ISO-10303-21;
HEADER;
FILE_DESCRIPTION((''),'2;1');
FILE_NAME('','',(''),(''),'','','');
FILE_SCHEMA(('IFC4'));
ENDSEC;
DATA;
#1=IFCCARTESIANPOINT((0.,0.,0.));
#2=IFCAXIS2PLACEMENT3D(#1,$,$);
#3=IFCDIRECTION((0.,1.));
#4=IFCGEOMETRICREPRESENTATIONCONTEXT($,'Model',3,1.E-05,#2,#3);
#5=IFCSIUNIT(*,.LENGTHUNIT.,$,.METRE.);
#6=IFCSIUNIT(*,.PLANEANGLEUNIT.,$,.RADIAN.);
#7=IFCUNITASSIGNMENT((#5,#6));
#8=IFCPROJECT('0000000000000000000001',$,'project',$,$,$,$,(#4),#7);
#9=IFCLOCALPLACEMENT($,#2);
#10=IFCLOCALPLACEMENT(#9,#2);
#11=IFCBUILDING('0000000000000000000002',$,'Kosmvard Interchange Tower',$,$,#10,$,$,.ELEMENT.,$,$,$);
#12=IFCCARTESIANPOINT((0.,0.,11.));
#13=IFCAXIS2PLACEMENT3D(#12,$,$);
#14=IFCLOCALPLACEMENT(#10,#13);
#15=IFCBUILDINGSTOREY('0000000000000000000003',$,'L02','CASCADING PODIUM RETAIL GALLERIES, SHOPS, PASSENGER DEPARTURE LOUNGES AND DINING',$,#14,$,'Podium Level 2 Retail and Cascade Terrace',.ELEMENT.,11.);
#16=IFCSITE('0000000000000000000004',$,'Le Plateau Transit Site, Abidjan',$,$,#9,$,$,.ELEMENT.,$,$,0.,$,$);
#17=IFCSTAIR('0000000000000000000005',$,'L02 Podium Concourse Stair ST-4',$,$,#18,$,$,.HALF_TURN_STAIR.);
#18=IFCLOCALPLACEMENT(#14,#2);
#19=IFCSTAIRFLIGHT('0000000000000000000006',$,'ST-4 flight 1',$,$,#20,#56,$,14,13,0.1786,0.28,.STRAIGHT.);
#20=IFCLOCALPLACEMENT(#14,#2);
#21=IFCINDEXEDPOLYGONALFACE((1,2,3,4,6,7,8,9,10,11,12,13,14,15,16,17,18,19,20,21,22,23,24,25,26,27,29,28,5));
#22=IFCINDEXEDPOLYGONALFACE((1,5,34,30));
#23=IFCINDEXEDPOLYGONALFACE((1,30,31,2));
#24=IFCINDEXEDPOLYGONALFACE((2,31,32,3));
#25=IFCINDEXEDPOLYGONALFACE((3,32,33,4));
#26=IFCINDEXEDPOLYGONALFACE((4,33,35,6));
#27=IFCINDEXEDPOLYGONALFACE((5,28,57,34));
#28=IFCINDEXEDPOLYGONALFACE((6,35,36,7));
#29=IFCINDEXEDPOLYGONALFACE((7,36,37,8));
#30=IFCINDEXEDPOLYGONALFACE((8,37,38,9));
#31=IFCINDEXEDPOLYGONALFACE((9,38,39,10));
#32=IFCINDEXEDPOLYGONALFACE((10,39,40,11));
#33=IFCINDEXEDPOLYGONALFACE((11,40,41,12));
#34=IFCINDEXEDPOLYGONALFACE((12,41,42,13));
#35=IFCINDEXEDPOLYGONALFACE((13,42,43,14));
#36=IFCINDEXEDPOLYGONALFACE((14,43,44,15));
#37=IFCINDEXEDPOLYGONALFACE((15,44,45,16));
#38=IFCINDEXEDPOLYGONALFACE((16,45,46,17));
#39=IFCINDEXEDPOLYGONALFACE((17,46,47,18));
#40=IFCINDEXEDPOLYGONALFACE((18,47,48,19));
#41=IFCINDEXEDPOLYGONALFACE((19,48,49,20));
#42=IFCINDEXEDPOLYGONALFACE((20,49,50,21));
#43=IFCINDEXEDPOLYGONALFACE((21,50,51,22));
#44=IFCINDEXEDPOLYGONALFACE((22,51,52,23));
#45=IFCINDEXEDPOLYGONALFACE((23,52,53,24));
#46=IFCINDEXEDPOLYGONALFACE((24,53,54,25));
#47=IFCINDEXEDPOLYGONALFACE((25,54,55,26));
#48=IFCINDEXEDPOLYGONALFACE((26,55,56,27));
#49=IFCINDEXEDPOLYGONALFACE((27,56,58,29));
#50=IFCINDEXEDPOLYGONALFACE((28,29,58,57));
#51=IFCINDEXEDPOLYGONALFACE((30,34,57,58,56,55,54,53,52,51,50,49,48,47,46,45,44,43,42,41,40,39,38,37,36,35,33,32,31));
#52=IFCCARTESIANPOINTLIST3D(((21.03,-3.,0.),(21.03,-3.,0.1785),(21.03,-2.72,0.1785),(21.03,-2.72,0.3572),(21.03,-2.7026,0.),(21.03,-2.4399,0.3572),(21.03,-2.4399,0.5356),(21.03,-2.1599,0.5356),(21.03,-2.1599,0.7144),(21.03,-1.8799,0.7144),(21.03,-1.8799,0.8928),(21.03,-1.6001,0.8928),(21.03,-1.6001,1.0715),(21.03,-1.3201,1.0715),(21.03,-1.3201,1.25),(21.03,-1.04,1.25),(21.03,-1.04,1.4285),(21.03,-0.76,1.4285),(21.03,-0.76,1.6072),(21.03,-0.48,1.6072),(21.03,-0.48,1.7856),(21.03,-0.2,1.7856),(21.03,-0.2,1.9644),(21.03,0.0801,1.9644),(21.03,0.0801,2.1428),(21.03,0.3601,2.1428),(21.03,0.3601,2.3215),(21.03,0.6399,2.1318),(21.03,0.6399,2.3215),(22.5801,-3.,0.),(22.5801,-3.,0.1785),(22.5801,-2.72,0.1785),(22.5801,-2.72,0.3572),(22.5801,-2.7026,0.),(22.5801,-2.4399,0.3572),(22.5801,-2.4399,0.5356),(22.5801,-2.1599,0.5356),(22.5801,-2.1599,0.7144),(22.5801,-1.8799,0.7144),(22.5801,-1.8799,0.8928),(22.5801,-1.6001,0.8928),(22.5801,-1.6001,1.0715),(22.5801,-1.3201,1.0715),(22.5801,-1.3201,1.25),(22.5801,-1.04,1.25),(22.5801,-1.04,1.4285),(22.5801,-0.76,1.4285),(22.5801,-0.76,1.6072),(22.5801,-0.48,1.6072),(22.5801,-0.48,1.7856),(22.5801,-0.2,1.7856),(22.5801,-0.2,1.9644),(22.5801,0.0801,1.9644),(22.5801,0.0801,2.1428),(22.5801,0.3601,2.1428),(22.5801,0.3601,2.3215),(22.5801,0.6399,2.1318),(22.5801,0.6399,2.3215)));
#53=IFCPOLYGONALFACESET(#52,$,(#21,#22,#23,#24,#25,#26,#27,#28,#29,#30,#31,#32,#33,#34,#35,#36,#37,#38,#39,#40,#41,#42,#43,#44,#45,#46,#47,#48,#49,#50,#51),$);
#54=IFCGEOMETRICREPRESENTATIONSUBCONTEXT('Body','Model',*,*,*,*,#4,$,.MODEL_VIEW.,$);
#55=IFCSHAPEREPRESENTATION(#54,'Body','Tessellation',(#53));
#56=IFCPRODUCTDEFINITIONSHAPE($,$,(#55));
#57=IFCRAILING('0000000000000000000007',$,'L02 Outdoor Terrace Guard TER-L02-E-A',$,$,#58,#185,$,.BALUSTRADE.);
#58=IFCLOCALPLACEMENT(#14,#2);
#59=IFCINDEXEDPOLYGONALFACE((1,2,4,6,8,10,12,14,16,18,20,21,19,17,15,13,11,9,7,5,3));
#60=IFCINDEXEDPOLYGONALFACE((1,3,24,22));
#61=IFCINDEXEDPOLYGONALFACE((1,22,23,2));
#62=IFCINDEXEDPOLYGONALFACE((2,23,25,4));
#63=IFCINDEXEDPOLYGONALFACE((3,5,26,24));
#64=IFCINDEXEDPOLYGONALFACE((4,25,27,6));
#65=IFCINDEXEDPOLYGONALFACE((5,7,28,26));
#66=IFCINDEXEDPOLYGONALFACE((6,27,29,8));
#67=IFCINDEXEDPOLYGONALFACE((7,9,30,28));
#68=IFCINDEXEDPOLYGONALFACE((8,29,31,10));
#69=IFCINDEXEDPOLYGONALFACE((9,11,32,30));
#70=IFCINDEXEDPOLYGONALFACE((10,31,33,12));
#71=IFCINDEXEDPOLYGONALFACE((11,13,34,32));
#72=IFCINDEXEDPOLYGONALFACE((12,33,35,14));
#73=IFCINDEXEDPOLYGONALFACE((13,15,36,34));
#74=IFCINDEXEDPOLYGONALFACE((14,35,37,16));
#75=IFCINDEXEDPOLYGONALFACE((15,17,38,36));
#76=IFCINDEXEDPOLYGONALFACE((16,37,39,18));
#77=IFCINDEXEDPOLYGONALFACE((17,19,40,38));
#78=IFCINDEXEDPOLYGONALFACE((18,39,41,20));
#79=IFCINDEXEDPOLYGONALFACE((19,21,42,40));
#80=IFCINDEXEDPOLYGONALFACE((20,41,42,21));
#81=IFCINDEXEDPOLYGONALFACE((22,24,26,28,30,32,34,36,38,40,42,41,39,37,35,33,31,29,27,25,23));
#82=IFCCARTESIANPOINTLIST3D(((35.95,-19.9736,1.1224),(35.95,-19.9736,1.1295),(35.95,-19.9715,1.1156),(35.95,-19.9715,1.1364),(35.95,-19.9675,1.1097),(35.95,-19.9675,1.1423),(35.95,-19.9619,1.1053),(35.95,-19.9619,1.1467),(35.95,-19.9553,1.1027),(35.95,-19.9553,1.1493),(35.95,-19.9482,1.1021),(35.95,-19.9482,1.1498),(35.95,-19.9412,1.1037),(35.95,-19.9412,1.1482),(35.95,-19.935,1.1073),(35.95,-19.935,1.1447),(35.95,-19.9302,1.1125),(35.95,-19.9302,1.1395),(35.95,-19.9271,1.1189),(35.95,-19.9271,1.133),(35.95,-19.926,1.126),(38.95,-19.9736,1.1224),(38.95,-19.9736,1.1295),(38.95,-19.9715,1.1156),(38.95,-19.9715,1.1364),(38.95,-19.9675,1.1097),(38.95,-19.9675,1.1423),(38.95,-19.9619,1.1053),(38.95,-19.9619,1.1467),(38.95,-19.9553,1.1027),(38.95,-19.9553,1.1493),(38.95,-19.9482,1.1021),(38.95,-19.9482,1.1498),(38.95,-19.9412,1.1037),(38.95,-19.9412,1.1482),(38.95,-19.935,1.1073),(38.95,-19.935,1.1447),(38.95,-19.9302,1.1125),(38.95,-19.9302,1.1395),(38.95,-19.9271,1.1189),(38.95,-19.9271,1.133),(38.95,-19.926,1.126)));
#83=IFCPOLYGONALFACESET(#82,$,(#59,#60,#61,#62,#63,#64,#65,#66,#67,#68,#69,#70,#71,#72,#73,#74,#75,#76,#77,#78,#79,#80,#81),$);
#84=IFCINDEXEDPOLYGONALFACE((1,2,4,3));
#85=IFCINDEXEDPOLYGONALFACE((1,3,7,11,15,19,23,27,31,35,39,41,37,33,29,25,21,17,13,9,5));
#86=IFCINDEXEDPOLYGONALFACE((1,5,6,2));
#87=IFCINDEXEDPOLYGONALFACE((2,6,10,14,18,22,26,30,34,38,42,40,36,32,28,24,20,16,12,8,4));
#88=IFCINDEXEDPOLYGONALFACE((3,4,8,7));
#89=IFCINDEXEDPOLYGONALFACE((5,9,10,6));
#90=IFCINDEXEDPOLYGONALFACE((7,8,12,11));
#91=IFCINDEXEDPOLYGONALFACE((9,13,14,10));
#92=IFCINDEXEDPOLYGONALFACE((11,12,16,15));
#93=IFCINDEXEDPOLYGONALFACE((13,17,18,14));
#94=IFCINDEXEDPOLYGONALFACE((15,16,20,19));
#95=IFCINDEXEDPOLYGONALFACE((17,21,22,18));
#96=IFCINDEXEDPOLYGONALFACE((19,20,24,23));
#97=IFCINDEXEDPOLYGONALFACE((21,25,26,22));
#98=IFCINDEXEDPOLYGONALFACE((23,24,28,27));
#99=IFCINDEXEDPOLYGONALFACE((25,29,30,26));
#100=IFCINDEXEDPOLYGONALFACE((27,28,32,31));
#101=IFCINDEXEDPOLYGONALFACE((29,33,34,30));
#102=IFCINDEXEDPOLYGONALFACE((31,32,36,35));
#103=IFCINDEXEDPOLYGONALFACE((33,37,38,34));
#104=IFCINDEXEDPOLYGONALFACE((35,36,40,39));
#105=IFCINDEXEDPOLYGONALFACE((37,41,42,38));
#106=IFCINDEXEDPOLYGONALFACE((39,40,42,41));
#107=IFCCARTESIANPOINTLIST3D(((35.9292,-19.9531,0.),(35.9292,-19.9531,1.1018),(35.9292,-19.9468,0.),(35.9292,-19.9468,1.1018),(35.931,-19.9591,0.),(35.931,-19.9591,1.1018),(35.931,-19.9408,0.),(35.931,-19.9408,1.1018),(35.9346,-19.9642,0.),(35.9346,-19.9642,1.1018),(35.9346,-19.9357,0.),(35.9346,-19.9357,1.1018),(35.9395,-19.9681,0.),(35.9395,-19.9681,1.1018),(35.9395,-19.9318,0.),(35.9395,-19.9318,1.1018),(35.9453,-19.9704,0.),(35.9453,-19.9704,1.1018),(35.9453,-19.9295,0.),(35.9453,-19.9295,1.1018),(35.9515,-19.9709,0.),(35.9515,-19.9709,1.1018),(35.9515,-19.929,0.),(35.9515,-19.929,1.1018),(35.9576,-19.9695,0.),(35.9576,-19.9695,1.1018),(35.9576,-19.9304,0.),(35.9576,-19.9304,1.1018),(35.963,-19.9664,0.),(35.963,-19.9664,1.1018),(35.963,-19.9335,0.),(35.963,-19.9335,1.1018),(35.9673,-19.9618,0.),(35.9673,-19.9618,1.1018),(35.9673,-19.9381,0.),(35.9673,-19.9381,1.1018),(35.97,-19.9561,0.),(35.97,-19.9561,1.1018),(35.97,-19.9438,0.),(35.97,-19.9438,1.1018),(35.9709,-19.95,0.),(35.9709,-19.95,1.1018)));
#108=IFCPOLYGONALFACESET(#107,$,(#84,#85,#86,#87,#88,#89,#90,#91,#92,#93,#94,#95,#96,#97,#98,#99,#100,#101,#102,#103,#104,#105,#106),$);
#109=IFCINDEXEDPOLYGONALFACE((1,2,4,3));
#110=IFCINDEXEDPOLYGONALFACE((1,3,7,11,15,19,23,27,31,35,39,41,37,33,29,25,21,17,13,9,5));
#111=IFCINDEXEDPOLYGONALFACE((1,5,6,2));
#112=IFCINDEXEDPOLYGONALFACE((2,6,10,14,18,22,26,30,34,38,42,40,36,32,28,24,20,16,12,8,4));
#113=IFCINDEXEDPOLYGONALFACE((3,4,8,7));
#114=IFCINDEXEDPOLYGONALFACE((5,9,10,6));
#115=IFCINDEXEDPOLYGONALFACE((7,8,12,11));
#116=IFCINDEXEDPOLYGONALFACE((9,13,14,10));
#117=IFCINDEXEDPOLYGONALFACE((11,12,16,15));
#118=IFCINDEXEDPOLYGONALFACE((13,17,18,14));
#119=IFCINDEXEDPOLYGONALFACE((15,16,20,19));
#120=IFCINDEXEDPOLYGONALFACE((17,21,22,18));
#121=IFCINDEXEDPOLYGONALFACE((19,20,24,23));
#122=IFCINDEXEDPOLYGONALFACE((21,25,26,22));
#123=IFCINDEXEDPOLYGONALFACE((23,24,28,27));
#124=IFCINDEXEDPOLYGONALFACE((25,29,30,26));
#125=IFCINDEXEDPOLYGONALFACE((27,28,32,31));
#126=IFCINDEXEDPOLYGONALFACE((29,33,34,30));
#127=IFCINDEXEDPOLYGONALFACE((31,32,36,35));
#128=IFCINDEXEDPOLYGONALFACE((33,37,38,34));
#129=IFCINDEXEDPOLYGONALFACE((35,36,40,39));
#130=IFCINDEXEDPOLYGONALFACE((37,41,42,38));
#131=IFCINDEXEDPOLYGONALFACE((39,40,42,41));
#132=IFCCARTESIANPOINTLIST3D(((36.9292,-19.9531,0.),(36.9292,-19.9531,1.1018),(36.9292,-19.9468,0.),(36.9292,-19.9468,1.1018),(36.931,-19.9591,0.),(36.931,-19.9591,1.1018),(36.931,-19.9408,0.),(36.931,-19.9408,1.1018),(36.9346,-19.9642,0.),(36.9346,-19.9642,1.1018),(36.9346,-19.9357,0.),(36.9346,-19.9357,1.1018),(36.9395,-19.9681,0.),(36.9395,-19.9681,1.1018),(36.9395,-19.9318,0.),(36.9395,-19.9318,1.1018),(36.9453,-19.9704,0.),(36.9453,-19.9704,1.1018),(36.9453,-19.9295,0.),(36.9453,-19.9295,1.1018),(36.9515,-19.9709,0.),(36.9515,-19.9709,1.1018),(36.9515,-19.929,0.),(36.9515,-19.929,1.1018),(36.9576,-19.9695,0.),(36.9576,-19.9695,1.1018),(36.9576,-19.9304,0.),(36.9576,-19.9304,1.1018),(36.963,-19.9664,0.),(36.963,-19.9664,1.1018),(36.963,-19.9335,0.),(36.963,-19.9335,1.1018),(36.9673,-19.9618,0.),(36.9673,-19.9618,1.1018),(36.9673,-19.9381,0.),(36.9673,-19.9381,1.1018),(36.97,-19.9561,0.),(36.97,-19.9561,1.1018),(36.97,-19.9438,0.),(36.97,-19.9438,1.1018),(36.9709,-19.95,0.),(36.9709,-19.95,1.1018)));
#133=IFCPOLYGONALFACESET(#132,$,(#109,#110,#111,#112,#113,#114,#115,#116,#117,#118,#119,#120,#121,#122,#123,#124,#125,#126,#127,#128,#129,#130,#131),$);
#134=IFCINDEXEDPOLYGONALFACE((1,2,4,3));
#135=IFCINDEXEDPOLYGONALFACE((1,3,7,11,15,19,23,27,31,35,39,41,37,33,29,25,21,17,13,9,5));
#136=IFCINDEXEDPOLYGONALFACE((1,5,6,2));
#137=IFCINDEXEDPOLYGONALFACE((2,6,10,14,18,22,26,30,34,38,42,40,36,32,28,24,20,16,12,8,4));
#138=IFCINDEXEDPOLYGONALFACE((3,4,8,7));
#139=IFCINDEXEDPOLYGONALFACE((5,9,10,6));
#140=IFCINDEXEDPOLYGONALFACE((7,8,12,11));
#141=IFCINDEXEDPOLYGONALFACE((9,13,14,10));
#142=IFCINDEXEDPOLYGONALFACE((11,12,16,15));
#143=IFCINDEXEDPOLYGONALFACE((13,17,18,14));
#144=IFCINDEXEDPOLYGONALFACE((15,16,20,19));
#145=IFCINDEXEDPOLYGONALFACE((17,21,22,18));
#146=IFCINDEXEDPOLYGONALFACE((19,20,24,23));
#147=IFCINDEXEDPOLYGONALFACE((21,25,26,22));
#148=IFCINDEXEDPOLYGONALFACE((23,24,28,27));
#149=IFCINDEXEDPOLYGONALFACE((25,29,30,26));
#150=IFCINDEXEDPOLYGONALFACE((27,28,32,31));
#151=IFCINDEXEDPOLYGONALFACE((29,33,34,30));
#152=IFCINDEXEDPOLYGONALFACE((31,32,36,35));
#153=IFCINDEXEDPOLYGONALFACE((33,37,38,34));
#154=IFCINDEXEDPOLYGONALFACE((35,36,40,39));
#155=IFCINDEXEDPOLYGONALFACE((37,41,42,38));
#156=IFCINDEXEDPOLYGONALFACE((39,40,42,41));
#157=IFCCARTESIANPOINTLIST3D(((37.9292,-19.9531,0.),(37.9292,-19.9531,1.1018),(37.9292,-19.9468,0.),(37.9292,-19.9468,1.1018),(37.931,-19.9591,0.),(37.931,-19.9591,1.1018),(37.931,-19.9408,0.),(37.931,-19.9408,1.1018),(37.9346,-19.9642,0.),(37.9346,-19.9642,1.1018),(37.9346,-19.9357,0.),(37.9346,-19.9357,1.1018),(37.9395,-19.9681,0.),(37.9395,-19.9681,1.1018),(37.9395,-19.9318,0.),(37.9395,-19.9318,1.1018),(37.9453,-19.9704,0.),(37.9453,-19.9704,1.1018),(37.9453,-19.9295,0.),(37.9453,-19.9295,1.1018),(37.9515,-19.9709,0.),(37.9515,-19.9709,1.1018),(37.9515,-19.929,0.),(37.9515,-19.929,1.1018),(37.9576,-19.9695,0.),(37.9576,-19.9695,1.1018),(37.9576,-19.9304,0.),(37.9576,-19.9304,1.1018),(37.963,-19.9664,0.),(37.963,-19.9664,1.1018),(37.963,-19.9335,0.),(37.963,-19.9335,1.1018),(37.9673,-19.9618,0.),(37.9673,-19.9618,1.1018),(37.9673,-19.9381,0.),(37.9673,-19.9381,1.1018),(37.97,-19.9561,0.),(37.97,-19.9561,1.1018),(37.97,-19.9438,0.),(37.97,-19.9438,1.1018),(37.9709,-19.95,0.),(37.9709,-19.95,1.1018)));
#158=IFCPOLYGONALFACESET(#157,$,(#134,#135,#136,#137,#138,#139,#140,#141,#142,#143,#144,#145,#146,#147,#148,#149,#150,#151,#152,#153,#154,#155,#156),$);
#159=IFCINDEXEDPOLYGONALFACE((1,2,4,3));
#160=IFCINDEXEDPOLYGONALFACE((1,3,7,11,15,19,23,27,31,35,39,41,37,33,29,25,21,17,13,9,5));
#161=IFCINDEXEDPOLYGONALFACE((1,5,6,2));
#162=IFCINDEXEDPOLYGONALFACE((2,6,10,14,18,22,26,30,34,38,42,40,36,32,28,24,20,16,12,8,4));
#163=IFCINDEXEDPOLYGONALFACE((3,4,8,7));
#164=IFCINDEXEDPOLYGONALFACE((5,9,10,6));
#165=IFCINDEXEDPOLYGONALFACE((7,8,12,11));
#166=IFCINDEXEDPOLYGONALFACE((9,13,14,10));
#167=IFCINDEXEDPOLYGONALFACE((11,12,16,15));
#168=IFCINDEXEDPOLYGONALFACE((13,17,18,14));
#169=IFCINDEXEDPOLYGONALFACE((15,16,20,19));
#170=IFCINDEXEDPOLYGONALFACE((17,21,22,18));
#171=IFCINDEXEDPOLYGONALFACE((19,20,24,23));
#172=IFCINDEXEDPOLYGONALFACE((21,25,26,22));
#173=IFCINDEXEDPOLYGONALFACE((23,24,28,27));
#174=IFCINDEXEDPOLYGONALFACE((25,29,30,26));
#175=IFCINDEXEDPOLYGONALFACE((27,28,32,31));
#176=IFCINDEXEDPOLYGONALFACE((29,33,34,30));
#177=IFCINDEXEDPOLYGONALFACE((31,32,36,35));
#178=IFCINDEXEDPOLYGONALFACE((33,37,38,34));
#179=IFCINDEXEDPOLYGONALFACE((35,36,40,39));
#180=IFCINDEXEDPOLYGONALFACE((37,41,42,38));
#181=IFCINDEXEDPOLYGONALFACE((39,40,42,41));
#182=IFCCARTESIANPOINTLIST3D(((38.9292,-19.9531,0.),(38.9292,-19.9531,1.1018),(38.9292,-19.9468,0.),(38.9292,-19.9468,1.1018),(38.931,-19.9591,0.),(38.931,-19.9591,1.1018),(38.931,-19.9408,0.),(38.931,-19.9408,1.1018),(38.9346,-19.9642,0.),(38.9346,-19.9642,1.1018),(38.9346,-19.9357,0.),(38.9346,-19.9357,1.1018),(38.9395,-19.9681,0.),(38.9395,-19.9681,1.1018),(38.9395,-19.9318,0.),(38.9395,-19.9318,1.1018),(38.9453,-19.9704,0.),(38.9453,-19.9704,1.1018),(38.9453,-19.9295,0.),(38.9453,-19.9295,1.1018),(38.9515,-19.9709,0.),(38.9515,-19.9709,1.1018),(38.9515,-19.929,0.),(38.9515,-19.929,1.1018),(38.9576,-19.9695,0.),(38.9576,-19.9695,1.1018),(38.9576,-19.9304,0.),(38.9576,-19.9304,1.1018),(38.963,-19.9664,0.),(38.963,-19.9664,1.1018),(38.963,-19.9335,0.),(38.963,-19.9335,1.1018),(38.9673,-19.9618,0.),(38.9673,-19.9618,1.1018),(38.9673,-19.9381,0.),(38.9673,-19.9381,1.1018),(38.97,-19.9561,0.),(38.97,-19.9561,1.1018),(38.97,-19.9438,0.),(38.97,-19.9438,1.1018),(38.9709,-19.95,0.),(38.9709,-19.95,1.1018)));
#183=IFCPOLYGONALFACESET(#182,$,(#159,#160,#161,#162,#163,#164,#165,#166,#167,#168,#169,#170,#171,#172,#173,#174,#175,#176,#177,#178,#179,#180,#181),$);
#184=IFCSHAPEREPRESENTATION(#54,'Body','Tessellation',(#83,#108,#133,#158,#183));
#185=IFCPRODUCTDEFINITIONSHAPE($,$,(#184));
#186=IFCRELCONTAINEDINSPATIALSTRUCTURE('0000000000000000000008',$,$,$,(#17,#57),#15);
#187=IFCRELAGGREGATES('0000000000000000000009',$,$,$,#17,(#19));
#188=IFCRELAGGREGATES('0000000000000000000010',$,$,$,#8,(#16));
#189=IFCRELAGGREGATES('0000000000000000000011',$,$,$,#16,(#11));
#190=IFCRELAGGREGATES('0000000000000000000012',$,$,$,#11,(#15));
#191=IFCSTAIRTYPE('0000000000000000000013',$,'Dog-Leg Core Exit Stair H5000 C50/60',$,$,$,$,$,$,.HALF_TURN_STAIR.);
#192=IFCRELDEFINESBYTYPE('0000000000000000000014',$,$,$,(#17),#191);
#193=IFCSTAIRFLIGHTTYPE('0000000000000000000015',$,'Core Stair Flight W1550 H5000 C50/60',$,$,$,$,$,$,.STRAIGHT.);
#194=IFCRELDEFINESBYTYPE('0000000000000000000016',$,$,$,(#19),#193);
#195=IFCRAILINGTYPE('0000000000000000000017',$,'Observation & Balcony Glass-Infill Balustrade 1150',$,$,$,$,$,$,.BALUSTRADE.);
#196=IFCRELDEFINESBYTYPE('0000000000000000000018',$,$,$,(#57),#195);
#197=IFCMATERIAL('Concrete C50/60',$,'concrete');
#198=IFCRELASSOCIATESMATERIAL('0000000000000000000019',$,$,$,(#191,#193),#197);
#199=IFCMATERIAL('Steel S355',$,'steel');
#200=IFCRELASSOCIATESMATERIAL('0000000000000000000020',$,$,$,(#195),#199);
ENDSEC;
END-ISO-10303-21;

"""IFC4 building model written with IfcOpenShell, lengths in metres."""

from ifc_helpers import new_model, si_unit, direction, frame, origin, origin_2d, place, context, subcontext, project, spatial, polyline, circle, outline, extrude, source, transform, mapped, material, type_object, element, aggregate, save


model = new_model("IFC4")

# Units and contexts
model_context = context("Model", 3, precision=1e-05, world=origin(), true_north=direction((0.0, 1.0)))
body_context = subcontext(model_context, "Body", "Model", "MODEL_VIEW")
ifc_project = project(units=[si_unit("LENGTHUNIT", "METRE"), si_unit("PLANEANGLEUNIT", "RADIAN")], contexts=[model_context])

# Site, building, storey
site_placement = place(None, origin())
site = spatial("IfcSite", under=ifc_project, at=site_placement, Name="Le Plateau Transit Site, Abidjan", CompositionType="ELEMENT", RefElevation=0.0)
building_placement = place(site_placement, origin())
building = spatial("IfcBuilding", under=site, at=building_placement, Name="Kosmvard Interchange Tower", CompositionType="ELEMENT")
storey_placement = place(building_placement, frame((0.0, 0.0, 11.0)))
storey = spatial("IfcBuildingStorey", under=building, at=storey_placement, Name="L02", Description="CASCADING PODIUM RETAIL GALLERIES, SHOPS, PASSENGER DEPARTURE LOUNGES AND DINING", LongName="Podium Level 2 Retail and Cascade Terrace", CompositionType="ELEMENT", Elevation=11.0)

# Shared definitions
ifc_material_1 = material(Name="Steel S355", Category="steel")

# Stair, stair flight
ifc_material_2 = material(Name="Concrete C50/60", Category="concrete")
stair_type = type_object("IfcStairType", Name="Dog-Leg Core Exit Stair H5000 C50/60", PredefinedType="HALF_TURN_STAIR", material=ifc_material_2)
stair_placement = place(storey_placement, origin())
stair = element("IfcStair", 1, at=stair_placement, inside=storey, type_object=stair_type, Name="L02 Podium Concourse Stair ST-4", PredefinedType="HALF_TURN_STAIR")
stair_flight_type = type_object("IfcStairFlightType", Name="Core Stair Flight W1550 H5000 C50/60", PredefinedType="STRAIGHT", material=ifc_material_2)
shared_shape_1 = source(origin(), body_context, "Body", "SweptSolid", [
    extrude(outline(polyline([(0.0, 0.0), (0.0, 0.1785), (0.28, 0.1785), (0.28, 0.3572), (0.5601, 0.3572), (0.5601, 0.5356), (0.8401, 0.5356), (0.8401, 0.7144), (1.1201, 0.7144), (1.1201, 0.8928), (1.3999, 0.8928), (1.3999, 1.0715), (1.6799, 1.0715), (1.6799, 1.25), (1.96, 1.25), (1.96, 1.4285), (2.24, 1.4285), (2.24, 1.6072), (2.52, 1.6072), (2.52, 1.7856), (2.8, 1.7856), (2.8, 1.9644), (3.0801, 1.9644), (3.0801, 2.1428), (3.3601, 2.1428), (3.3601, 2.3215), (3.6399, 2.3215), (3.6399, 2.5), (3.6399, 2.1318), (0.2974, 0.0), (0.0, 0.0)])), frame((0.0, 0.7749, 0.0), z_axis=(0.0, -1.0, 0.0), x_axis=(1.0, 0.0, 0.0)), (0.0, 0.0, 1.0), 1.55),
])
stair_flight_placement = place(storey_placement, frame((21.8049, -3.0, 0.0), z_axis=(0.0, 0.0, 1.0), x_axis=(0.0, 1.0, 0.0)))
stair_flight = element("IfcStairFlight", 2, at=stair_flight_placement, type_object=stair_flight_type, Name="ST-4 flight 1", NumberOfRisers=14, NumberOfTreads=13, PredefinedType="STRAIGHT", RiserHeight=0.1786, TreadLength=0.28, context=body_context, shape_type="MappedRepresentation", body=[
    mapped(shared_shape_1, transform((0.0, 0.0, 0.0), scale=1.0)),
])
aggregate(stair, [stair_flight])

# Railing
railing_type_1 = type_object("IfcRailingType", Name="Observation & Balcony Glass-Infill Balustrade 1150", PredefinedType="BALUSTRADE", material=ifc_material_1)
shared_shape_2 = source(origin(), body_context, "Body", "SweptSolid", [
    extrude(circle(Radius=0.0239, at=origin_2d()), frame((0.0, 0.0, 1.126), z_axis=(1.0, 0.0, 0.0), x_axis=(0.0, 1.0, 0.0)), (0.0, 0.0, 1.0), 3.0),
    extrude(circle(Radius=0.021, at=origin_2d()), origin(), (0.0, 0.0, 1.0), 1.1018),
    extrude(circle(Radius=0.021, at=origin_2d()), frame((1.0, 0.0, 0.0)), (0.0, 0.0, 1.0), 1.1018),
    extrude(circle(Radius=0.021, at=origin_2d()), frame((2.0, 0.0, 0.0)), (0.0, 0.0, 1.0), 1.1018),
    extrude(circle(Radius=0.021, at=origin_2d()), frame((3.0, 0.0, 0.0)), (0.0, 0.0, 1.0), 1.1018),
])
railing_1_placement = place(storey_placement, frame((35.95, -19.95, 0.0)))
element("IfcRailing", 3, at=railing_1_placement, inside=storey, type_object=railing_type_1, Name="L02 Outdoor Terrace Guard TER-L02-E-A", PredefinedType="BALUSTRADE", context=body_context, shape_type="MappedRepresentation", body=[
    mapped(shared_shape_2, transform((0.0, 0.0, 0.0), scale=1.0)),
])

save(model, "model.ifc")
